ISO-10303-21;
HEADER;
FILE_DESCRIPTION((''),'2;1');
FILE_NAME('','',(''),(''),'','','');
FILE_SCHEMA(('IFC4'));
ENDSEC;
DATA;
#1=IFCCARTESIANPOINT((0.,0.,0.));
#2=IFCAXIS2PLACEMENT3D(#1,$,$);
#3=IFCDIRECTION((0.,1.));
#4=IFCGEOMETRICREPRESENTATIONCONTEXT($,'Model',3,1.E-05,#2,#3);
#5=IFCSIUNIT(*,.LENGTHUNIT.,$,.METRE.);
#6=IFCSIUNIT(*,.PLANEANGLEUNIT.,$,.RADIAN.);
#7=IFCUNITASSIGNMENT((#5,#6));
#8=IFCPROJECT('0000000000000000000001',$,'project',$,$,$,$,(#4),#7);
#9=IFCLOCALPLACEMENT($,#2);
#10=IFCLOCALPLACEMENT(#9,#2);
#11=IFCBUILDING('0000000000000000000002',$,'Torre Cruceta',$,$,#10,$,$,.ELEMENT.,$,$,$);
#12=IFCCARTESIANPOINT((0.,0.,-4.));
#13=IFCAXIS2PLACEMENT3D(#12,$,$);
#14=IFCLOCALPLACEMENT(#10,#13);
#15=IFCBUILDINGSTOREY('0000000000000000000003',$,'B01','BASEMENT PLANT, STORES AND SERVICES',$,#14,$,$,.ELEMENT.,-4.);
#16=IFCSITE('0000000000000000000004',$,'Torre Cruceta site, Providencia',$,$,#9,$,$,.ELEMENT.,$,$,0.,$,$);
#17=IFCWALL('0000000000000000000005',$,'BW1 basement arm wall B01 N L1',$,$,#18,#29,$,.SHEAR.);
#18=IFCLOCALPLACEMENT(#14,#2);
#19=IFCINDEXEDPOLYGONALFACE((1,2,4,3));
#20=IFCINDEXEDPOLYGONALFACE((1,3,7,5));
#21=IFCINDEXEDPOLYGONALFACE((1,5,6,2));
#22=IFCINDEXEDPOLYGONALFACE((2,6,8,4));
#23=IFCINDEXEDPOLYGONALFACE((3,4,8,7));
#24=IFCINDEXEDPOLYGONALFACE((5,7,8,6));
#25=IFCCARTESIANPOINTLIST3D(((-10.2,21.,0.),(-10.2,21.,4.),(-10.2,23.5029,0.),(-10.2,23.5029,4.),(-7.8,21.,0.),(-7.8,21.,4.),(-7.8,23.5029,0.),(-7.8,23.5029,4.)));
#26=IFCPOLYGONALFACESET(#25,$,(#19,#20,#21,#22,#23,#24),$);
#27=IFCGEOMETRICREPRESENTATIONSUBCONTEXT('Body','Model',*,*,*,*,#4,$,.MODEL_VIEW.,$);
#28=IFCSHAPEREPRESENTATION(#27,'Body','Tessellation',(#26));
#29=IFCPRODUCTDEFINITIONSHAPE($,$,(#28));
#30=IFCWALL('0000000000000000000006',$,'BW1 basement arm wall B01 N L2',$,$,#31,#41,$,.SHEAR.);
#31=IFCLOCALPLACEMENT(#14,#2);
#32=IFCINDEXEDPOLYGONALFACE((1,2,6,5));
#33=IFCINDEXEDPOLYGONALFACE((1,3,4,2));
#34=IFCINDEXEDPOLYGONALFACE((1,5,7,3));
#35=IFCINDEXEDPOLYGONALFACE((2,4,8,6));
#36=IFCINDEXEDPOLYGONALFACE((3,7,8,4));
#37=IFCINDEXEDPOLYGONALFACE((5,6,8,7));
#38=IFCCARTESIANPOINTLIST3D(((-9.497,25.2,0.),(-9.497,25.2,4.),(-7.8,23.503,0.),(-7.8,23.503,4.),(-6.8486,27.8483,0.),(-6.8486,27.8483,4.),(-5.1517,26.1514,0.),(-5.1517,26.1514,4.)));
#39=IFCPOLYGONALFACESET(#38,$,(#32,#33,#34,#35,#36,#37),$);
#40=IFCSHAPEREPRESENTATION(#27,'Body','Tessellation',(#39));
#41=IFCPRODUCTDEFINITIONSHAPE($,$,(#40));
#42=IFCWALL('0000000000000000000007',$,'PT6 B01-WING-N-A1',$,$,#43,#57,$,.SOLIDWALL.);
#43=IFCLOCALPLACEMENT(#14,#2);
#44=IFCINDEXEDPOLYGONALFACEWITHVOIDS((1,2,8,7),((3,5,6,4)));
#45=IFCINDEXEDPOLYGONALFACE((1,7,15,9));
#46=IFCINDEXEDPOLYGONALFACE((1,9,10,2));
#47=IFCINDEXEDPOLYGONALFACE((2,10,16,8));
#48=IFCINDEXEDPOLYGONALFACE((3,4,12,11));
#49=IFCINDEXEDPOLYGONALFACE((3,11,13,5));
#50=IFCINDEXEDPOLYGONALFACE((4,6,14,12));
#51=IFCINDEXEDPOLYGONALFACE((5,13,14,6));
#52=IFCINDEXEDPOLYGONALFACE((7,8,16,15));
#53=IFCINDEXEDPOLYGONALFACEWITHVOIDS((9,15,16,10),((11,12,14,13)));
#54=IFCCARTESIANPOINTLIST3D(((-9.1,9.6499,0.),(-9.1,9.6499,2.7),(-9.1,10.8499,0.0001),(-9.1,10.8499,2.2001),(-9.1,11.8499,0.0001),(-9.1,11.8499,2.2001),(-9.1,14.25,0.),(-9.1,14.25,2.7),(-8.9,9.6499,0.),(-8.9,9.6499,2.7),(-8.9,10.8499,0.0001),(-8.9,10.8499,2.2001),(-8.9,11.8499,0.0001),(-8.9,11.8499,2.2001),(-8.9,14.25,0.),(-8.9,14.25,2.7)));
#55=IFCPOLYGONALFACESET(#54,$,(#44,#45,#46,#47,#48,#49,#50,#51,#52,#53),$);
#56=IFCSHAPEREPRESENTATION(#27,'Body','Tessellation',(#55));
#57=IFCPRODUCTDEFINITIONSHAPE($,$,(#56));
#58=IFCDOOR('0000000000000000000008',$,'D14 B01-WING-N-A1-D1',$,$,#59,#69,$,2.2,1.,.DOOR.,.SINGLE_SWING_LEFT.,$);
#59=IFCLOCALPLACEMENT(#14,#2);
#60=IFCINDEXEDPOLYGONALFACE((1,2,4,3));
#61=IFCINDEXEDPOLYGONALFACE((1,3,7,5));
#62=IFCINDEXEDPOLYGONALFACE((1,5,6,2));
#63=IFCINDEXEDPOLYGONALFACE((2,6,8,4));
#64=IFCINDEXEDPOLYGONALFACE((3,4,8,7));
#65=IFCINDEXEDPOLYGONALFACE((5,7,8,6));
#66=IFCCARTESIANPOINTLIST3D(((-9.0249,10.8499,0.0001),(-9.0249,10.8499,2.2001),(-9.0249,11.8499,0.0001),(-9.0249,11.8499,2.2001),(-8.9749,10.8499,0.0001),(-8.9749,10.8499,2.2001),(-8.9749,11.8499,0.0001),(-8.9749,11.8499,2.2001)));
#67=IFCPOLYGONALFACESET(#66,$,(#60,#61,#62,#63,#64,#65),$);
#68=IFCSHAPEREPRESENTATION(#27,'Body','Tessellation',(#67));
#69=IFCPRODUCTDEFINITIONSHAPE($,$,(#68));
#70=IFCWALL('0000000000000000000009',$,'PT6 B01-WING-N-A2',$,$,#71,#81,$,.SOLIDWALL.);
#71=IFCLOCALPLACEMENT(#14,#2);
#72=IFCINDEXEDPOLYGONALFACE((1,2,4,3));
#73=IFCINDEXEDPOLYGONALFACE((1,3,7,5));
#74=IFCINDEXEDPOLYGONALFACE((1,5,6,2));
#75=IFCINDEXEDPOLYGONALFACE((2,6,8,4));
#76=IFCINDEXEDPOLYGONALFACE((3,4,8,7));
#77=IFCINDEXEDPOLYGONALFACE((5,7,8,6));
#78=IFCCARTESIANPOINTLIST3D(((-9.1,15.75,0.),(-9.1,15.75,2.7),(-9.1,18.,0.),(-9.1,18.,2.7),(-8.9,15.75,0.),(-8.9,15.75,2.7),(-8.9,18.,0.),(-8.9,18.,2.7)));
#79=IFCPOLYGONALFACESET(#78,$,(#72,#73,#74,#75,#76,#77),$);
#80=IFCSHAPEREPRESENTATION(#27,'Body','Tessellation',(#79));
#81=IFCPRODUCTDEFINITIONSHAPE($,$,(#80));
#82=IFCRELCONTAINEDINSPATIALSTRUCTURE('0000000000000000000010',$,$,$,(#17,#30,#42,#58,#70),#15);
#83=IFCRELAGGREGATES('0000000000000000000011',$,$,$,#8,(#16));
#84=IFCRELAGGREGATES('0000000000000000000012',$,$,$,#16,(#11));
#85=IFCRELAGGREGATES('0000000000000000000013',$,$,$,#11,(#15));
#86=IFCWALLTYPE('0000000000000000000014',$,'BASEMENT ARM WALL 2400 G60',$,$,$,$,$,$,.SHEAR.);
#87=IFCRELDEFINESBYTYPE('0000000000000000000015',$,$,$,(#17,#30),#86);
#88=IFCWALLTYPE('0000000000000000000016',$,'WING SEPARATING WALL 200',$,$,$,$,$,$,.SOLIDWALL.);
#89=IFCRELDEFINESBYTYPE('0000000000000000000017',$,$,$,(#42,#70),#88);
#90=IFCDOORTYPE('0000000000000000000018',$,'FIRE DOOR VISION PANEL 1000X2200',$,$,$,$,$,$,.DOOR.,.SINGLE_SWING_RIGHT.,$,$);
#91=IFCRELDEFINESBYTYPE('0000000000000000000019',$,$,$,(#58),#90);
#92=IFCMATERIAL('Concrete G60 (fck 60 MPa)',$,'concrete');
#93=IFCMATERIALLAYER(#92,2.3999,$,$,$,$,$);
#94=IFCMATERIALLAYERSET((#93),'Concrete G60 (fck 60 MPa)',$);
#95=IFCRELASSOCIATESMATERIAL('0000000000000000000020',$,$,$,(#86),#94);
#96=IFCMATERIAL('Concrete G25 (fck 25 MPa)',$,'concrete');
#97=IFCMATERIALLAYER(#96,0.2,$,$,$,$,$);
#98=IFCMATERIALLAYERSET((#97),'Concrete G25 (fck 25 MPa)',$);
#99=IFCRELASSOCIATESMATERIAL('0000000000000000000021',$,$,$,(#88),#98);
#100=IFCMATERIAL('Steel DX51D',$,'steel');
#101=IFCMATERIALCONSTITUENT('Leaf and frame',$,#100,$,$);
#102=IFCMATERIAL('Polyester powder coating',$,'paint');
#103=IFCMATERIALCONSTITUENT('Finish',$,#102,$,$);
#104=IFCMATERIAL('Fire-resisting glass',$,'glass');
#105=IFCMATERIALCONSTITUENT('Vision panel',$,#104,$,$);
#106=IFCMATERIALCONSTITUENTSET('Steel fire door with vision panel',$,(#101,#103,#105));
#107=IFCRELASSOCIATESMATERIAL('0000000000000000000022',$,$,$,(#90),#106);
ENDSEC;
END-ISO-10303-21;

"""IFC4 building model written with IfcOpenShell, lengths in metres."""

from ifc_helpers import new_model, si_unit, direction, frame, frame_2d, origin, place, context, subcontext, project, spatial, rectangle, extrude, material, layer, layer_set, constituent, constituent_set, type_object, element, fill, save


model = new_model("IFC4")

# Units and contexts
model_context = context("Model", 3, precision=1e-05, world=origin(), true_north=direction((0.0, 1.0)))
body_context = subcontext(model_context, "Body", "Model", "MODEL_VIEW")
ifc_project = project(units=[si_unit("LENGTHUNIT", "METRE"), si_unit("PLANEANGLEUNIT", "RADIAN")], contexts=[model_context])

# Site, building, storey
site_placement = place(None, origin())
site = spatial("IfcSite", under=ifc_project, at=site_placement, Name="Torre Cruceta site, Providencia", CompositionType="ELEMENT", RefElevation=0.0)
building_placement = place(site_placement, origin())
building = spatial("IfcBuilding", under=site, at=building_placement, Name="Torre Cruceta", CompositionType="ELEMENT")
storey_placement = place(building_placement, frame((0.0, 0.0, -4.0)))
storey = spatial("IfcBuildingStorey", under=building, at=storey_placement, Name="B01", Description="BASEMENT PLANT, STORES AND SERVICES", CompositionType="ELEMENT", Elevation=-4.0)

# Walls
ifc_material_1 = material(Name="Concrete G60 (fck 60 MPa)", Category="concrete")
ifc_layer_1 = layer(ifc_material_1, 2.3999)
ifc_layer_set_1 = layer_set([ifc_layer_1], Name="Concrete G60 (fck 60 MPa)")
wall_type_1 = type_object("IfcWallType", Name="BASEMENT ARM WALL 2400 G60", PredefinedType="SHEAR", material=ifc_layer_set_1)
wall_1_placement = place(storey_placement, frame((-9.0, 21.0, 0.0), z_axis=(0.0, 0.0, 1.0), x_axis=(0.0, 1.0, 0.0)))
element("IfcWall", 1, at=wall_1_placement, inside=storey, type_object=wall_type_1, Name="BW1 basement arm wall B01 N L1", PredefinedType="SHEAR", context=body_context, shape_type="SweptSolid", body=[
    extrude(rectangle(XDim=2.5029, YDim=2.3999, at=frame_2d((1.2515, 0.0))), origin(), (0.0, 0.0, 1.0), 4.0),
])
wall_2_placement = place(storey_placement, frame((-8.6484, 24.3516, 0.0), z_axis=(0.0, 0.0, 1.0), x_axis=(0.707107, 0.707107, 0.0)))
element("IfcWall", 2, at=wall_2_placement, inside=storey, type_object=wall_type_1, Name="BW1 basement arm wall B01 N L2", PredefinedType="SHEAR", context=body_context, shape_type="SweptSolid", body=[
    extrude(rectangle(XDim=3.7454, YDim=2.3999, at=frame_2d((1.8726, 0.0))), origin(), (0.0, 0.0, 1.0), 4.0),
])

# Wall, opening, door
ifc_material_2 = material(Name="Concrete G25 (fck 25 MPa)", Category="concrete")
ifc_layer_2 = layer(ifc_material_2, 0.2)
ifc_layer_set_2 = layer_set([ifc_layer_2], Name="Concrete G25 (fck 25 MPa)")
wall_type_2 = type_object("IfcWallType", Name="WING SEPARATING WALL 200", PredefinedType="SOLIDWALL", material=ifc_layer_set_2)
wall_3_placement = place(storey_placement, frame((-9.0, 9.6499, 0.0), z_axis=(0.0, 0.0, 1.0), x_axis=(0.0, 1.0, 0.0)))
wall_3 = element("IfcWall", 3, at=wall_3_placement, inside=storey, type_object=wall_type_2, Name="PT6 B01-WING-N-A1", PredefinedType="SOLIDWALL", context=body_context, shape_type="SweptSolid", body=[
    extrude(rectangle(XDim=4.6001, YDim=0.2, at=frame_2d((2.3, 0.0))), origin(), (0.0, 0.0, 1.0), 2.7),
])
opening_placement = place(wall_3_placement, frame((1.2, 0.0, 0.0)))
opening = element("IfcOpeningElement", 4, at=opening_placement, cuts=wall_3, PredefinedType="OPENING", context=body_context, shape_type="SweptSolid", body=[
    extrude(rectangle(XDim=1.0, YDim=2.2, at=frame_2d((0.5, 1.1001))), frame((0.0, 0.1099, 0.0), z_axis=(0.0, -1.0, 0.0), x_axis=(1.0, 0.0, 0.0)), (0.0, 0.0, 1.0), 0.22),
])
ifc_material_3 = material(Name="Steel DX51D", Category="steel")
ifc_constituent_1 = constituent(ifc_material_3, Name="Leaf and frame")
ifc_material_4 = material(Name="Polyester powder coating", Category="paint")
ifc_constituent_2 = constituent(ifc_material_4, Name="Finish")
ifc_material_5 = material(Name="Fire-resisting glass", Category="glass")
ifc_constituent_3 = constituent(ifc_material_5, Name="Vision panel")
ifc_constituent_set = constituent_set(constituents=[ifc_constituent_1, ifc_constituent_2, ifc_constituent_3], Name="Steel fire door with vision panel")
door_type = type_object("IfcDoorType", Name="FIRE DOOR VISION PANEL 1000X2200", OperationType="SINGLE_SWING_RIGHT", PredefinedType="DOOR", material=ifc_constituent_set)
door_placement = place(opening_placement, origin())
door = element("IfcDoor", 5, at=door_placement, inside=storey, type_object=door_type, Name="D14 B01-WING-N-A1-D1", OperationType="SINGLE_SWING_LEFT", OverallHeight=2.2, OverallWidth=1.0, PredefinedType="DOOR", context=body_context, shape_type="SweptSolid", body=[
    extrude(rectangle(XDim=1.0, YDim=2.2, at=frame_2d((0.5, 1.1001))), frame((0.0, 0.0249, 0.0), z_axis=(0.0, -1.0, 0.0), x_axis=(1.0, 0.0, 0.0)), (0.0, 0.0, 1.0), 0.05),
])
fill(opening, door)

# Wall
wall_4_placement = place(storey_placement, frame((-9.0, 15.75, 0.0), z_axis=(0.0, 0.0, 1.0), x_axis=(0.0, 1.0, 0.0)))
element("IfcWall", 6, at=wall_4_placement, inside=storey, type_object=wall_type_2, Name="PT6 B01-WING-N-A2", PredefinedType="SOLIDWALL", context=body_context, shape_type="SweptSolid", body=[
    extrude(rectangle(XDim=2.25, YDim=0.2, at=frame_2d((1.125, 0.0))), origin(), (0.0, 0.0, 1.0), 2.7),
])

save(model, "model.ifc")
